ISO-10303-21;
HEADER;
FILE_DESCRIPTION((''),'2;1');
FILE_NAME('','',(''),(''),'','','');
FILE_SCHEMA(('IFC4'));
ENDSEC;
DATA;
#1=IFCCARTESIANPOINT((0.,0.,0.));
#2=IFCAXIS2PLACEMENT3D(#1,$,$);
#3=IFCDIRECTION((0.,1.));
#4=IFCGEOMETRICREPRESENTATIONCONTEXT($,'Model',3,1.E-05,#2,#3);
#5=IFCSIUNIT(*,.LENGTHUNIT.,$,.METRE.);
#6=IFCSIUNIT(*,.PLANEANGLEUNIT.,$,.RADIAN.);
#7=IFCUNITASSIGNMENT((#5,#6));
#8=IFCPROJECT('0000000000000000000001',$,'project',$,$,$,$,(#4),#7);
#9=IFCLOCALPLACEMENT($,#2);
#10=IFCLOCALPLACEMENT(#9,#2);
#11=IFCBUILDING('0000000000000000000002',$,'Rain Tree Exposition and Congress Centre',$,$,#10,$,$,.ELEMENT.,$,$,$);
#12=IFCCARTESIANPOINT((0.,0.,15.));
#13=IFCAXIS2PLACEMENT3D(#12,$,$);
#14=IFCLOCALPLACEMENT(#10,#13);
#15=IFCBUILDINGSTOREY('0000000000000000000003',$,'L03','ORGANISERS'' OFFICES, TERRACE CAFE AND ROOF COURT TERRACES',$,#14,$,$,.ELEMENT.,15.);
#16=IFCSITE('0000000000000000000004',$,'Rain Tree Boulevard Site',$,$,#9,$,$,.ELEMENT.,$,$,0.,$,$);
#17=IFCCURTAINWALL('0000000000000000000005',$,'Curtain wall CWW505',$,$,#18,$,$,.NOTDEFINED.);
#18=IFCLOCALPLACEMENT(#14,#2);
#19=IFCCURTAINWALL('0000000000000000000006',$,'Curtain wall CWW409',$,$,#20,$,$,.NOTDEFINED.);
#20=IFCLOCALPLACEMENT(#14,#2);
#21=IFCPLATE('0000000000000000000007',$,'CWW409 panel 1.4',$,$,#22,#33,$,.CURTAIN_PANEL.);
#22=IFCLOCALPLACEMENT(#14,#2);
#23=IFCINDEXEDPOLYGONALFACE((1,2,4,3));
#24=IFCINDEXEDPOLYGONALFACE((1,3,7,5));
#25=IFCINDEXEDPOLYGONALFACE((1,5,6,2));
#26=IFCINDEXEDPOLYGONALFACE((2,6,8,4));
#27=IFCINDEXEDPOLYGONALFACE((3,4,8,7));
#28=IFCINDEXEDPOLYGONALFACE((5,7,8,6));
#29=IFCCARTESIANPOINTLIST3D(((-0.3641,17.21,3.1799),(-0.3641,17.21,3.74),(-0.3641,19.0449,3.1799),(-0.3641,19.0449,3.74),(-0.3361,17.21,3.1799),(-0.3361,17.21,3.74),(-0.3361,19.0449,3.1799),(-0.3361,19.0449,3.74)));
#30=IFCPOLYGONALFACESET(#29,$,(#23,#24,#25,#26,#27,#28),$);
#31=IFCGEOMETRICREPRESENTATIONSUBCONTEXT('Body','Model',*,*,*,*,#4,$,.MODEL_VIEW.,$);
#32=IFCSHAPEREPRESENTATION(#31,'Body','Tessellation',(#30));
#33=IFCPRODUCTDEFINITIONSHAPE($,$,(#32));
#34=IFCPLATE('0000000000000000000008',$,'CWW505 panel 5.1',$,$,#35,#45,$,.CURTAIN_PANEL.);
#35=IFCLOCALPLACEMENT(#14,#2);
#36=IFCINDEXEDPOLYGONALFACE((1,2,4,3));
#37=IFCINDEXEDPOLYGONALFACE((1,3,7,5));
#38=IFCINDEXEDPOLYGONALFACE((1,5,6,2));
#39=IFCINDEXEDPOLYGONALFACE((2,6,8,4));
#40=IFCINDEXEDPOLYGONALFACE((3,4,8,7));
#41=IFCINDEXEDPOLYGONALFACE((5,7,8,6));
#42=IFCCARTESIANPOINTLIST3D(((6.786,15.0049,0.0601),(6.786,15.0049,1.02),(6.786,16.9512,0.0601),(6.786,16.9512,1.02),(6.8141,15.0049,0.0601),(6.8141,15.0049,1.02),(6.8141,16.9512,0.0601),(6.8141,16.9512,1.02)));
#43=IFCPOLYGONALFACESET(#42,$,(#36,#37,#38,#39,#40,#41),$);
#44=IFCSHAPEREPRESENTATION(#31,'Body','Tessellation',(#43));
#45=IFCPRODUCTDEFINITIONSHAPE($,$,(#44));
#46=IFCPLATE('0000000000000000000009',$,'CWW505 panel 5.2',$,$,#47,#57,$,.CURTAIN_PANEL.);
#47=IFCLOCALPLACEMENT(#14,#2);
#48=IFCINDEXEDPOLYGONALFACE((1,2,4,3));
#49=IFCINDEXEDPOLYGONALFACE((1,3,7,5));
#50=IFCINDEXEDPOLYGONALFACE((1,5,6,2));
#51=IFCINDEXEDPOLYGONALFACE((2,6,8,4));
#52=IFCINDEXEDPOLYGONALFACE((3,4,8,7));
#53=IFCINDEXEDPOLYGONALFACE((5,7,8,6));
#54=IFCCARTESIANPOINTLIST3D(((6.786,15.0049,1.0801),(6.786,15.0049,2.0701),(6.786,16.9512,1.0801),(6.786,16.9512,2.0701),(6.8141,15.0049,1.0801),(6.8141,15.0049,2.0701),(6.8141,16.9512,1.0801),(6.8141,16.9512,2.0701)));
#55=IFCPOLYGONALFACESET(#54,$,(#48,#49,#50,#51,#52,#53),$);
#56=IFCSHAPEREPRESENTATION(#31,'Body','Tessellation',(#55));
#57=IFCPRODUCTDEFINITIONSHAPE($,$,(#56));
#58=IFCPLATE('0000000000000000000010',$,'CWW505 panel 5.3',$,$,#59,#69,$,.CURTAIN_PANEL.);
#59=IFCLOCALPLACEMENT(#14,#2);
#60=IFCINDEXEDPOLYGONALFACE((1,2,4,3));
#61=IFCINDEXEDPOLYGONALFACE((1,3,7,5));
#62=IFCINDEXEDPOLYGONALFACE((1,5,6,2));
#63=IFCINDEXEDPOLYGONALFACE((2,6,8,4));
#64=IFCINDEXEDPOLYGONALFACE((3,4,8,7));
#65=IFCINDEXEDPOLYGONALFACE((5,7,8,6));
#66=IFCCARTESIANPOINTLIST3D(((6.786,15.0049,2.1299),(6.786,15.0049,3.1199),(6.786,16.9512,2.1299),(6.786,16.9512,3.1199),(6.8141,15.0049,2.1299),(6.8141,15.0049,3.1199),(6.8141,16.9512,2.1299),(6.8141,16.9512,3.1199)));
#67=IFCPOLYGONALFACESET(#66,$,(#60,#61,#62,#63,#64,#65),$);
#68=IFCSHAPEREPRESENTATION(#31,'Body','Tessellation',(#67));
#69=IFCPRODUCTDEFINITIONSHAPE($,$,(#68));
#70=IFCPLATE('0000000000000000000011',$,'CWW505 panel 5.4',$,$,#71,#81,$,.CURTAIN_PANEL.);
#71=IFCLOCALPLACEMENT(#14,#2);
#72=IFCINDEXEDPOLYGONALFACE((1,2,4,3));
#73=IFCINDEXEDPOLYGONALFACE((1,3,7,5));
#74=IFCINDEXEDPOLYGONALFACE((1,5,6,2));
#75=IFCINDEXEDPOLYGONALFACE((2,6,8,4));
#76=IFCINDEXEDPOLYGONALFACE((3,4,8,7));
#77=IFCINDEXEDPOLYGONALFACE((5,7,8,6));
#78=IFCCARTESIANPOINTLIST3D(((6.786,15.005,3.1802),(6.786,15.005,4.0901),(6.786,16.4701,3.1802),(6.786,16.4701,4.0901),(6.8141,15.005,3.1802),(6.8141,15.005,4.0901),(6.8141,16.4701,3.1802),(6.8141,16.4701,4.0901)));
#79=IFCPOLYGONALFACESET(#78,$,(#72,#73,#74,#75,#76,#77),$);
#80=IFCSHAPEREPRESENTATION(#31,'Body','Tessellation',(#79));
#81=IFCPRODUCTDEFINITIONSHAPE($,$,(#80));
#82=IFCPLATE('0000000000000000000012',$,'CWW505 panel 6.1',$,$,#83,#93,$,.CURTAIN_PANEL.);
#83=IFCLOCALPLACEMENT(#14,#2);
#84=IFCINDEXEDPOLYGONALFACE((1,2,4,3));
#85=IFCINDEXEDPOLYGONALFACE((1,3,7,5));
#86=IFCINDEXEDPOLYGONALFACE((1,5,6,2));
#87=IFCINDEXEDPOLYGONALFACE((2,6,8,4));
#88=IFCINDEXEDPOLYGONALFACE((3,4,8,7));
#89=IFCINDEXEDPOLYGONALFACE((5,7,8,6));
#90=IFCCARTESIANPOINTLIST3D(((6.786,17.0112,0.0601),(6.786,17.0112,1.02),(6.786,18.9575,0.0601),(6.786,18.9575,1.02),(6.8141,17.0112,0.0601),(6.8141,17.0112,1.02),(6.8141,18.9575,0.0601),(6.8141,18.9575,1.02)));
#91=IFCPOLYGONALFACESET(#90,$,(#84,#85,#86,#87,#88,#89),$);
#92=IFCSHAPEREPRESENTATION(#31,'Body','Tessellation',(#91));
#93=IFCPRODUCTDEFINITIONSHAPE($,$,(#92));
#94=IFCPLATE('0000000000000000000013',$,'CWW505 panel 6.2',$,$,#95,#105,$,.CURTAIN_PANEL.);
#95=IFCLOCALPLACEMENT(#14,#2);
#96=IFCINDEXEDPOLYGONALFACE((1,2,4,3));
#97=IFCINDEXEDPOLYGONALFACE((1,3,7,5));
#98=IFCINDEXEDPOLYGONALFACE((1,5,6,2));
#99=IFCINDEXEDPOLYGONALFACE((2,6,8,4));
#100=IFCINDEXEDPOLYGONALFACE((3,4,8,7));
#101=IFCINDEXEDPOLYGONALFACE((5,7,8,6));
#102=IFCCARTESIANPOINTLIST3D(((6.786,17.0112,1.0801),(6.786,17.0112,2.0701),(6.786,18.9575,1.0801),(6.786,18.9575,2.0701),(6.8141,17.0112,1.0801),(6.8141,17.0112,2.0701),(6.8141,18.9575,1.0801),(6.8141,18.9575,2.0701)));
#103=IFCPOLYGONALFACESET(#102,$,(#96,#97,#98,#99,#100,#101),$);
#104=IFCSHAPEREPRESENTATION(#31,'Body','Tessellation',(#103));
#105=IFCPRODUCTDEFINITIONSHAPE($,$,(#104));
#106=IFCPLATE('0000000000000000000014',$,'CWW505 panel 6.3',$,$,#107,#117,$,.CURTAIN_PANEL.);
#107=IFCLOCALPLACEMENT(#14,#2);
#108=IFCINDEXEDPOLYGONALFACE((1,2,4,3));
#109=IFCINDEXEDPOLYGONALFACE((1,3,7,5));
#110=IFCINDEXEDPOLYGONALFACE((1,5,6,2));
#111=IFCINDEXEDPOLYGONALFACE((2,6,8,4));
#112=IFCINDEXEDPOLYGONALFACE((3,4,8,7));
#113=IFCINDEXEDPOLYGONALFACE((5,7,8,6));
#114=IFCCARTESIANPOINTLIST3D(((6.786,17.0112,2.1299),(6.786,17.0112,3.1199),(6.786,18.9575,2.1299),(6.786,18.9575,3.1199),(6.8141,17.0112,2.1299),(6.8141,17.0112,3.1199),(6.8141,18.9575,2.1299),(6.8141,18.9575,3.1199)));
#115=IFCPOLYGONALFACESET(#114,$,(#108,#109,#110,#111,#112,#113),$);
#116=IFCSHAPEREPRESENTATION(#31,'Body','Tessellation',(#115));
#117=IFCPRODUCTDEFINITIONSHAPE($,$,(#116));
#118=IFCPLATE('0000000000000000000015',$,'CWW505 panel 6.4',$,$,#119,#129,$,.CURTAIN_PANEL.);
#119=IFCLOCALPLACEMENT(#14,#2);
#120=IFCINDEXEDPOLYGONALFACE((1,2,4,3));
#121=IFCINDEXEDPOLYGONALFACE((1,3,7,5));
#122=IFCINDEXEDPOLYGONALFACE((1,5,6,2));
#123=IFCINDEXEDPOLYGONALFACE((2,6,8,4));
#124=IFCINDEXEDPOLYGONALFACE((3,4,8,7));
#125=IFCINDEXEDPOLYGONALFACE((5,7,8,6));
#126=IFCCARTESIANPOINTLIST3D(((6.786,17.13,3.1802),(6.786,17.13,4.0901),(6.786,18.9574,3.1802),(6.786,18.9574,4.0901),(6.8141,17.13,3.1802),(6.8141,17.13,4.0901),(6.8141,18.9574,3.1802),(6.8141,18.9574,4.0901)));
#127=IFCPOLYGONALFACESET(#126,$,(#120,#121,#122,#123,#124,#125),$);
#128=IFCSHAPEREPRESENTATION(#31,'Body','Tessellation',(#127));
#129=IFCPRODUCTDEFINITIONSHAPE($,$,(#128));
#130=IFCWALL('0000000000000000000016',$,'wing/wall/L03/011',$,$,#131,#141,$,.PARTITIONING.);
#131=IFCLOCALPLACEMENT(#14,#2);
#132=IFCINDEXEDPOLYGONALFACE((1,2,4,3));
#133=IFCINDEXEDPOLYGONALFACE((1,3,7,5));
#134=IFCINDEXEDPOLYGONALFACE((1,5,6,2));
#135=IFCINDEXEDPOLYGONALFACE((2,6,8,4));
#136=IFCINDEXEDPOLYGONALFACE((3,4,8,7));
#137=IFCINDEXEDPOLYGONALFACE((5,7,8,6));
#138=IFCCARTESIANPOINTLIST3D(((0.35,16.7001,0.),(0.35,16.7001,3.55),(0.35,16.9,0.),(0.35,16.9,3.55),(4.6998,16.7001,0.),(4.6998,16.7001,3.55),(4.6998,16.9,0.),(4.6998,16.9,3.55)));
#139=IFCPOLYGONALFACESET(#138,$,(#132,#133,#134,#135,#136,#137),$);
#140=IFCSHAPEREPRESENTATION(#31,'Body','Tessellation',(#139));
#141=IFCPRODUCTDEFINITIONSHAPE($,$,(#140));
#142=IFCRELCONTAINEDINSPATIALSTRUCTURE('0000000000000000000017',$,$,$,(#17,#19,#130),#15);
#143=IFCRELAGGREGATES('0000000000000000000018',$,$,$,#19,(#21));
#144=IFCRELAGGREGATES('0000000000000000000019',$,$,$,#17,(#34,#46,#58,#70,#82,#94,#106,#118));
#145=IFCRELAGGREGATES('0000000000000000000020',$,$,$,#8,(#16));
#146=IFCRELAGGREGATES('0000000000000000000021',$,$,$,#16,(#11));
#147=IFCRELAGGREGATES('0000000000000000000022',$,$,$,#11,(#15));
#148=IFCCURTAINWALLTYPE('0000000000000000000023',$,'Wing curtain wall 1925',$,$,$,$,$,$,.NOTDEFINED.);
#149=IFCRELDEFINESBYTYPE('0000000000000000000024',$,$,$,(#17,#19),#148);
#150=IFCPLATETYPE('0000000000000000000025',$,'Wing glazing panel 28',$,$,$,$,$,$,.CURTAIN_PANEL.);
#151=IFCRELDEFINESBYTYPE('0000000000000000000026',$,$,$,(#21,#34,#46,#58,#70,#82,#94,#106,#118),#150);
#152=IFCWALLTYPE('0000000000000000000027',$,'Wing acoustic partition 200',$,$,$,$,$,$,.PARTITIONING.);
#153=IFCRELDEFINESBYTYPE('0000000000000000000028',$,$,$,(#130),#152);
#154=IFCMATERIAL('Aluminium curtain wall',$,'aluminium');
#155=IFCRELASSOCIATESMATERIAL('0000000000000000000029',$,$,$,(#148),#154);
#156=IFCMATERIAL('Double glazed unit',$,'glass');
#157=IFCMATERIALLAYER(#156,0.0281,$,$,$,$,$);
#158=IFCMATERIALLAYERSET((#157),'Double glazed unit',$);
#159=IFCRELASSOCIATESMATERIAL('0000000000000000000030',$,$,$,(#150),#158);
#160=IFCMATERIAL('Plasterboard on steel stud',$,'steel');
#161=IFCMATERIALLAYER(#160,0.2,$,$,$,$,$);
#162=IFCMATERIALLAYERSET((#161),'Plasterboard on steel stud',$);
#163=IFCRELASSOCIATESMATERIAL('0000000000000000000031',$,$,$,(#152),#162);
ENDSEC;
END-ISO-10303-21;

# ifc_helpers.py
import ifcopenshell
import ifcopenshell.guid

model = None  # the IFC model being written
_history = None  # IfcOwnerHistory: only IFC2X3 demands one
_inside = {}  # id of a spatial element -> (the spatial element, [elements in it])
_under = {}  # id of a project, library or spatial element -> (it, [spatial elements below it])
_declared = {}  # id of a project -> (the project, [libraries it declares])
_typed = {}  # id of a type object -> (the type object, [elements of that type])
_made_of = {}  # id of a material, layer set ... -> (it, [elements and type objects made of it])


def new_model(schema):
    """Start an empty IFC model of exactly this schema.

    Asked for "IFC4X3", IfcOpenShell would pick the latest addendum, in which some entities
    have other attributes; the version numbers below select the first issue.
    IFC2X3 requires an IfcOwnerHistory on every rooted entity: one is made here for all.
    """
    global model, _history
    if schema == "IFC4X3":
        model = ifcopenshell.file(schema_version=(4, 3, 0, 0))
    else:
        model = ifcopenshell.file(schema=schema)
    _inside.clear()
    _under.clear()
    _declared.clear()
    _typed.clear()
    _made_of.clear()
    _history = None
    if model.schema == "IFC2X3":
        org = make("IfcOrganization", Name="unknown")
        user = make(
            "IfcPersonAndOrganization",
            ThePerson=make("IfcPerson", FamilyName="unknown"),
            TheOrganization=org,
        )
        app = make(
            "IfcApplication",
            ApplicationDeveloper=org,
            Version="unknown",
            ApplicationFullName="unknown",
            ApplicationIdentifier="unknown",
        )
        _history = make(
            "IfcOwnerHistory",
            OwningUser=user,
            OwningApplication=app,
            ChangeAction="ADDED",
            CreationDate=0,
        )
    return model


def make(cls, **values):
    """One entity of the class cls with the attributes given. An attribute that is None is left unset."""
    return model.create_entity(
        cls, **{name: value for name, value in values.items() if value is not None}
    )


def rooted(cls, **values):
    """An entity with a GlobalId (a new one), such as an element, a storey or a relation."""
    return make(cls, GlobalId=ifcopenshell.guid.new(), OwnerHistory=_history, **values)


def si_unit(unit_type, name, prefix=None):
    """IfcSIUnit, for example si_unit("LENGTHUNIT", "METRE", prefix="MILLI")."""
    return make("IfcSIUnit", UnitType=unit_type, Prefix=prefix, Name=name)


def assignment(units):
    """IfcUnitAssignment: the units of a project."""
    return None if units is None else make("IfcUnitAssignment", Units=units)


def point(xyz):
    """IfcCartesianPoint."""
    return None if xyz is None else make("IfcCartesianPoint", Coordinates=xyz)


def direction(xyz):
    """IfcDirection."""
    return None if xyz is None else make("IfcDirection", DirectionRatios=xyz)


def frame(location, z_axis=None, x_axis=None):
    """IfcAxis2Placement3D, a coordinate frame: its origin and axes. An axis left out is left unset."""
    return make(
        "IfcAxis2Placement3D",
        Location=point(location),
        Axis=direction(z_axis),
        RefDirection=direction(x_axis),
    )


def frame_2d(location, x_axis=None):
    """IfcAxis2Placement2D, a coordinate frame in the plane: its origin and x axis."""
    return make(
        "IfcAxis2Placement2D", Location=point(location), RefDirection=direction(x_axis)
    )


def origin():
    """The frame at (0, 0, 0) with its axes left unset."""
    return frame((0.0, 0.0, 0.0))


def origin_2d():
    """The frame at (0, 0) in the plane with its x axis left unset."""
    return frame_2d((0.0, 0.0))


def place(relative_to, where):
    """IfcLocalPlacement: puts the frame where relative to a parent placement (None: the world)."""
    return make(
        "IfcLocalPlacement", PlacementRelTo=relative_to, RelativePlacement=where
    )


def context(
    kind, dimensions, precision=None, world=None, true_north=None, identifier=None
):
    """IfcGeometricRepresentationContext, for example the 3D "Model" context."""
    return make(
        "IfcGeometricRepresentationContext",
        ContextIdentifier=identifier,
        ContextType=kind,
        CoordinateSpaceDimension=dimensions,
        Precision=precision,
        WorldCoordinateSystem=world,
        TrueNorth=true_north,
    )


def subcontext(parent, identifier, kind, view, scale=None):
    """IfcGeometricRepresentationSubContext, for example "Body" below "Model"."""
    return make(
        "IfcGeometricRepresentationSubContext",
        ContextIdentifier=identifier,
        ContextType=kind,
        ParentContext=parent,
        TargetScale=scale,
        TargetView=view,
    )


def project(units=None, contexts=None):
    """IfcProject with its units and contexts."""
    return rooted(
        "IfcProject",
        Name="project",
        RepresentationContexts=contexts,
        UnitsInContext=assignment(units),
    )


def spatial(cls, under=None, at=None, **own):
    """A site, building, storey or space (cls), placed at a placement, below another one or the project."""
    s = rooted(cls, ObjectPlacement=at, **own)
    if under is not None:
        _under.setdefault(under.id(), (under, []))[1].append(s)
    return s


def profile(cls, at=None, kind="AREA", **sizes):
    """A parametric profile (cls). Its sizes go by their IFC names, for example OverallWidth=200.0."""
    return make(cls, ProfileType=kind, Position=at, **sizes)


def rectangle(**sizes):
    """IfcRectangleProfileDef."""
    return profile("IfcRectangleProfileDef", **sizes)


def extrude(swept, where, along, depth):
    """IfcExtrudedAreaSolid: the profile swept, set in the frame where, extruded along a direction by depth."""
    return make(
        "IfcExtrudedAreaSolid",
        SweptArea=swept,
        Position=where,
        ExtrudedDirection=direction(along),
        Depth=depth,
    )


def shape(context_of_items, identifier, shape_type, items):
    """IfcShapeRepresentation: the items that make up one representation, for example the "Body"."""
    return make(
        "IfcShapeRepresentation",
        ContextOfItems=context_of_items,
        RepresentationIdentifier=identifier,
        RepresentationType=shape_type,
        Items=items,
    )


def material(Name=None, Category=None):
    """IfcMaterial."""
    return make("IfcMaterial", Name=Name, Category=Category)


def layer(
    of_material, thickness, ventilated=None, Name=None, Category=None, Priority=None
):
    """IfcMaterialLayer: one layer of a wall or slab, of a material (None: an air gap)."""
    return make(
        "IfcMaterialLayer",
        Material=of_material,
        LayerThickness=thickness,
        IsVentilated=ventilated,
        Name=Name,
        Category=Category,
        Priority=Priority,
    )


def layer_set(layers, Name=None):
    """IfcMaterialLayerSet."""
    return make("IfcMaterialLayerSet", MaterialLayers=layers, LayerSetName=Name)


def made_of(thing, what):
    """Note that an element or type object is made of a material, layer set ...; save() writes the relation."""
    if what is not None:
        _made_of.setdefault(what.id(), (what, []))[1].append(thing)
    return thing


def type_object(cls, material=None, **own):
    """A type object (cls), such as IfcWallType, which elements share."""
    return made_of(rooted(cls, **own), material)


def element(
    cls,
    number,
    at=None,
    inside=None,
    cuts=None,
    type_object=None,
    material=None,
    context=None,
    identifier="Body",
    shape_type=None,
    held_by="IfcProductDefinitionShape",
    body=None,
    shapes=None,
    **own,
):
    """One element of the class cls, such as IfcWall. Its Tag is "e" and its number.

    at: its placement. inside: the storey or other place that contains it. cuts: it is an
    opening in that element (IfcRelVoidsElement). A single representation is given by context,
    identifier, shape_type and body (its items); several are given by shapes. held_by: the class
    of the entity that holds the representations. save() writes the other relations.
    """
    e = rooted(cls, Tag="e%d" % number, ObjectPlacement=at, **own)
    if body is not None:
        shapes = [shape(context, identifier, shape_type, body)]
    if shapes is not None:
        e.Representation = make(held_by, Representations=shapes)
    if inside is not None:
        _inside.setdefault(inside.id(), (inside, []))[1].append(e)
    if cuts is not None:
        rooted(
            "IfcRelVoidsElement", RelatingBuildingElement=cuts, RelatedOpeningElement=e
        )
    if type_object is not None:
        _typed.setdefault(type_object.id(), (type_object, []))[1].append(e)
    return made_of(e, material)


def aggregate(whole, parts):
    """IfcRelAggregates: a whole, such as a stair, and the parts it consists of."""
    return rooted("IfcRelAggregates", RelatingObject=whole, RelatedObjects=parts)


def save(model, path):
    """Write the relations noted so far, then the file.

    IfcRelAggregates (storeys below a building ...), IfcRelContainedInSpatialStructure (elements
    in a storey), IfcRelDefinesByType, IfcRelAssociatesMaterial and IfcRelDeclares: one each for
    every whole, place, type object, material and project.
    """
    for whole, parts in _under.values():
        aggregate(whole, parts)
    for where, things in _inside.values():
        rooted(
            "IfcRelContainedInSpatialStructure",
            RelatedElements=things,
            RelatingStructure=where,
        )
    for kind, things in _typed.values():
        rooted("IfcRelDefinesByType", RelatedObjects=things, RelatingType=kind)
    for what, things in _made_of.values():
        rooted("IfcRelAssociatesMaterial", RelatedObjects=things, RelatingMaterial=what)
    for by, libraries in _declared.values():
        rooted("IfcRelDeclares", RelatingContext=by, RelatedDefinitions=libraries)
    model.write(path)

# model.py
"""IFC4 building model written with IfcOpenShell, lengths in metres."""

from ifc_helpers import new_model, si_unit, direction, frame, frame_2d, origin, origin_2d, place, context, subcontext, project, spatial, rectangle, extrude, material, layer, layer_set, type_object, element, aggregate, save


model = new_model("IFC4")

# Units and contexts
model_context = context("Model", 3, precision=1e-05, world=origin(), true_north=direction((0.0, 1.0)))
body_context = subcontext(model_context, "Body", "Model", "MODEL_VIEW")
ifc_project = project(units=[si_unit("LENGTHUNIT", "METRE"), si_unit("PLANEANGLEUNIT", "RADIAN")], contexts=[model_context])

# Site, building, storey
site_placement = place(None, origin())
site = spatial("IfcSite", under=ifc_project, at=site_placement, Name="Rain Tree Boulevard Site", CompositionType="ELEMENT", RefElevation=0.0)
building_placement = place(site_placement, origin())
building = spatial("IfcBuilding", under=site, at=building_placement, Name="Rain Tree Exposition and Congress Centre", CompositionType="ELEMENT")
storey_placement = place(building_placement, frame((0.0, 0.0, 15.0)))
storey = spatial("IfcBuildingStorey", under=building, at=storey_placement, Name="L03", Description="ORGANISERS' OFFICES, TERRACE CAFE AND ROOF COURT TERRACES", CompositionType="ELEMENT", Elevation=15.0)

# Curtain walls
ifc_material_1 = material(Name="Aluminium curtain wall", Category="aluminium")
curtain_wall_type = type_object("IfcCurtainWallType", Name="Wing curtain wall 1925", PredefinedType="NOTDEFINED", material=ifc_material_1)
curtain_wall_1_placement = place(storey_placement, origin())
curtain_wall_1 = element("IfcCurtainWall", 1, at=curtain_wall_1_placement, inside=storey, type_object=curtain_wall_type, Name="Curtain wall CWW505", PredefinedType="NOTDEFINED")
curtain_wall_2_placement = place(storey_placement, origin())
curtain_wall_2 = element("IfcCurtainWall", 2, at=curtain_wall_2_placement, inside=storey, type_object=curtain_wall_type, Name="Curtain wall CWW409", PredefinedType="NOTDEFINED")

# Plates
ifc_material_2 = material(Name="Double glazed unit", Category="glass")
ifc_layer_1 = layer(ifc_material_2, 0.0281)
ifc_layer_set_1 = layer_set([ifc_layer_1], Name="Double glazed unit")
plate_type = type_object("IfcPlateType", Name="Wing glazing panel 28", PredefinedType="CURTAIN_PANEL", material=ifc_layer_set_1)
plate_1_placement = place(storey_placement, frame((-0.3501, 18.1274, 3.1799), z_axis=(0.0, 0.0, 1.0), x_axis=(0.0, 1.0, 0.0)))
plate_1 = element("IfcPlate", 3, at=plate_1_placement, type_object=plate_type, Name="CWW409 panel 1.4", PredefinedType="CURTAIN_PANEL", context=body_context, shape_type="SweptSolid", body=[
    extrude(rectangle(XDim=1.835, YDim=0.0281, at=origin_2d()), origin(), (0.0, 0.0, 1.0), 0.5601),
])
aggregate(curtain_wall_2, [plate_1])
plate_2_placement = place(storey_placement, frame((6.8, 15.978, 0.0601), z_axis=(0.0, 0.0, 1.0), x_axis=(0.0, 1.0, 0.0)))
plate_2 = element("IfcPlate", 4, at=plate_2_placement, type_object=plate_type, Name="CWW505 panel 5.1", PredefinedType="CURTAIN_PANEL", context=body_context, shape_type="SweptSolid", body=[
    extrude(rectangle(XDim=1.9463, YDim=0.0281, at=origin_2d()), origin(), (0.0, 0.0, 1.0), 0.96),
])
plate_3_placement = place(storey_placement, frame((6.8, 15.978, 1.0801), z_axis=(0.0, 0.0, 1.0), x_axis=(0.0, 1.0, 0.0)))
plate_3 = element("IfcPlate", 5, at=plate_3_placement, type_object=plate_type, Name="CWW505 panel 5.2", PredefinedType="CURTAIN_PANEL", context=body_context, shape_type="SweptSolid", body=[
    extrude(rectangle(XDim=1.9463, YDim=0.0281, at=origin_2d()), origin(), (0.0, 0.0, 1.0), 0.99),
])
plate_4_placement = place(storey_placement, frame((6.8, 15.978, 2.1299), z_axis=(0.0, 0.0, 1.0), x_axis=(0.0, 1.0, 0.0)))
plate_4 = element("IfcPlate", 6, at=plate_4_placement, type_object=plate_type, Name="CWW505 panel 5.3", PredefinedType="CURTAIN_PANEL", context=body_context, shape_type="SweptSolid", body=[
    extrude(rectangle(XDim=1.9463, YDim=0.0281, at=origin_2d()), origin(), (0.0, 0.0, 1.0), 0.99),
])
plate_5_placement = place(storey_placement, frame((6.8, 15.7375, 3.1802), z_axis=(0.0, 0.0, 1.0), x_axis=(0.0, 1.0, 0.0)))
plate_5 = element("IfcPlate", 7, at=plate_5_placement, type_object=plate_type, Name="CWW505 panel 5.4", PredefinedType="CURTAIN_PANEL", context=body_context, shape_type="SweptSolid", body=[
    extrude(rectangle(XDim=1.4651, YDim=0.0281, at=origin_2d()), origin(), (0.0, 0.0, 1.0), 0.9099),
])
plate_6_placement = place(storey_placement, frame((6.8, 17.9844, 0.0601), z_axis=(0.0, 0.0, 1.0), x_axis=(0.0, 1.0, 0.0)))
plate_6 = element("IfcPlate", 8, at=plate_6_placement, type_object=plate_type, Name="CWW505 panel 6.1", PredefinedType="CURTAIN_PANEL", context=body_context, shape_type="SweptSolid", body=[
    extrude(rectangle(XDim=1.9463, YDim=0.0281, at=origin_2d()), origin(), (0.0, 0.0, 1.0), 0.96),
])
plate_7_placement = place(storey_placement, frame((6.8, 17.9844, 1.0801), z_axis=(0.0, 0.0, 1.0), x_axis=(0.0, 1.0, 0.0)))
plate_7 = element("IfcPlate", 9, at=plate_7_placement, type_object=plate_type, Name="CWW505 panel 6.2", PredefinedType="CURTAIN_PANEL", context=body_context, shape_type="SweptSolid", body=[
    extrude(rectangle(XDim=1.9463, YDim=0.0281, at=origin_2d()), origin(), (0.0, 0.0, 1.0), 0.99),
])
plate_8_placement = place(storey_placement, frame((6.8, 17.9844, 2.1299), z_axis=(0.0, 0.0, 1.0), x_axis=(0.0, 1.0, 0.0)))
plate_8 = element("IfcPlate", 10, at=plate_8_placement, type_object=plate_type, Name="CWW505 panel 6.3", PredefinedType="CURTAIN_PANEL", context=body_context, shape_type="SweptSolid", body=[
    extrude(rectangle(XDim=1.9463, YDim=0.0281, at=origin_2d()), origin(), (0.0, 0.0, 1.0), 0.99),
])
plate_9_placement = place(storey_placement, frame((6.8, 18.0437, 3.1802), z_axis=(0.0, 0.0, 1.0), x_axis=(0.0, 1.0, 0.0)))
plate_9 = element("IfcPlate", 11, at=plate_9_placement, type_object=plate_type, Name="CWW505 panel 6.4", PredefinedType="CURTAIN_PANEL", context=body_context, shape_type="SweptSolid", body=[
    extrude(rectangle(XDim=1.8274, YDim=0.0281, at=origin_2d()), origin(), (0.0, 0.0, 1.0), 0.9099),
])
aggregate(curtain_wall_1, [plate_2, plate_3, plate_4, plate_5, plate_6, plate_7, plate_8, plate_9])

# Wall
ifc_material_3 = material(Name="Plasterboard on steel stud", Category="steel")
ifc_layer_2 = layer(ifc_material_3, 0.2)
ifc_layer_set_2 = layer_set([ifc_layer_2], Name="Plasterboard on steel stud")
wall_type = type_object("IfcWallType", Name="Wing acoustic partition 200", PredefinedType="PARTITIONING", material=ifc_layer_set_2)
wall_1_placement = place(storey_placement, frame((0.3501, 16.8, 0.0), z_axis=(0.0, 0.0, 1.0), x_axis=(1.0, 0.0, 0.0)))
element("IfcWall", 12, at=wall_1_placement, inside=storey, type_object=wall_type, Name="wing/wall/L03/011", PredefinedType="PARTITIONING", context=body_context, shape_type="SweptSolid", body=[
    extrude(rectangle(XDim=4.3499, YDim=0.2, at=frame_2d((2.1748, 0.0))), origin(), (0.0, 0.0, 1.0), 3.55),
])

save(model, "model.ifc")
